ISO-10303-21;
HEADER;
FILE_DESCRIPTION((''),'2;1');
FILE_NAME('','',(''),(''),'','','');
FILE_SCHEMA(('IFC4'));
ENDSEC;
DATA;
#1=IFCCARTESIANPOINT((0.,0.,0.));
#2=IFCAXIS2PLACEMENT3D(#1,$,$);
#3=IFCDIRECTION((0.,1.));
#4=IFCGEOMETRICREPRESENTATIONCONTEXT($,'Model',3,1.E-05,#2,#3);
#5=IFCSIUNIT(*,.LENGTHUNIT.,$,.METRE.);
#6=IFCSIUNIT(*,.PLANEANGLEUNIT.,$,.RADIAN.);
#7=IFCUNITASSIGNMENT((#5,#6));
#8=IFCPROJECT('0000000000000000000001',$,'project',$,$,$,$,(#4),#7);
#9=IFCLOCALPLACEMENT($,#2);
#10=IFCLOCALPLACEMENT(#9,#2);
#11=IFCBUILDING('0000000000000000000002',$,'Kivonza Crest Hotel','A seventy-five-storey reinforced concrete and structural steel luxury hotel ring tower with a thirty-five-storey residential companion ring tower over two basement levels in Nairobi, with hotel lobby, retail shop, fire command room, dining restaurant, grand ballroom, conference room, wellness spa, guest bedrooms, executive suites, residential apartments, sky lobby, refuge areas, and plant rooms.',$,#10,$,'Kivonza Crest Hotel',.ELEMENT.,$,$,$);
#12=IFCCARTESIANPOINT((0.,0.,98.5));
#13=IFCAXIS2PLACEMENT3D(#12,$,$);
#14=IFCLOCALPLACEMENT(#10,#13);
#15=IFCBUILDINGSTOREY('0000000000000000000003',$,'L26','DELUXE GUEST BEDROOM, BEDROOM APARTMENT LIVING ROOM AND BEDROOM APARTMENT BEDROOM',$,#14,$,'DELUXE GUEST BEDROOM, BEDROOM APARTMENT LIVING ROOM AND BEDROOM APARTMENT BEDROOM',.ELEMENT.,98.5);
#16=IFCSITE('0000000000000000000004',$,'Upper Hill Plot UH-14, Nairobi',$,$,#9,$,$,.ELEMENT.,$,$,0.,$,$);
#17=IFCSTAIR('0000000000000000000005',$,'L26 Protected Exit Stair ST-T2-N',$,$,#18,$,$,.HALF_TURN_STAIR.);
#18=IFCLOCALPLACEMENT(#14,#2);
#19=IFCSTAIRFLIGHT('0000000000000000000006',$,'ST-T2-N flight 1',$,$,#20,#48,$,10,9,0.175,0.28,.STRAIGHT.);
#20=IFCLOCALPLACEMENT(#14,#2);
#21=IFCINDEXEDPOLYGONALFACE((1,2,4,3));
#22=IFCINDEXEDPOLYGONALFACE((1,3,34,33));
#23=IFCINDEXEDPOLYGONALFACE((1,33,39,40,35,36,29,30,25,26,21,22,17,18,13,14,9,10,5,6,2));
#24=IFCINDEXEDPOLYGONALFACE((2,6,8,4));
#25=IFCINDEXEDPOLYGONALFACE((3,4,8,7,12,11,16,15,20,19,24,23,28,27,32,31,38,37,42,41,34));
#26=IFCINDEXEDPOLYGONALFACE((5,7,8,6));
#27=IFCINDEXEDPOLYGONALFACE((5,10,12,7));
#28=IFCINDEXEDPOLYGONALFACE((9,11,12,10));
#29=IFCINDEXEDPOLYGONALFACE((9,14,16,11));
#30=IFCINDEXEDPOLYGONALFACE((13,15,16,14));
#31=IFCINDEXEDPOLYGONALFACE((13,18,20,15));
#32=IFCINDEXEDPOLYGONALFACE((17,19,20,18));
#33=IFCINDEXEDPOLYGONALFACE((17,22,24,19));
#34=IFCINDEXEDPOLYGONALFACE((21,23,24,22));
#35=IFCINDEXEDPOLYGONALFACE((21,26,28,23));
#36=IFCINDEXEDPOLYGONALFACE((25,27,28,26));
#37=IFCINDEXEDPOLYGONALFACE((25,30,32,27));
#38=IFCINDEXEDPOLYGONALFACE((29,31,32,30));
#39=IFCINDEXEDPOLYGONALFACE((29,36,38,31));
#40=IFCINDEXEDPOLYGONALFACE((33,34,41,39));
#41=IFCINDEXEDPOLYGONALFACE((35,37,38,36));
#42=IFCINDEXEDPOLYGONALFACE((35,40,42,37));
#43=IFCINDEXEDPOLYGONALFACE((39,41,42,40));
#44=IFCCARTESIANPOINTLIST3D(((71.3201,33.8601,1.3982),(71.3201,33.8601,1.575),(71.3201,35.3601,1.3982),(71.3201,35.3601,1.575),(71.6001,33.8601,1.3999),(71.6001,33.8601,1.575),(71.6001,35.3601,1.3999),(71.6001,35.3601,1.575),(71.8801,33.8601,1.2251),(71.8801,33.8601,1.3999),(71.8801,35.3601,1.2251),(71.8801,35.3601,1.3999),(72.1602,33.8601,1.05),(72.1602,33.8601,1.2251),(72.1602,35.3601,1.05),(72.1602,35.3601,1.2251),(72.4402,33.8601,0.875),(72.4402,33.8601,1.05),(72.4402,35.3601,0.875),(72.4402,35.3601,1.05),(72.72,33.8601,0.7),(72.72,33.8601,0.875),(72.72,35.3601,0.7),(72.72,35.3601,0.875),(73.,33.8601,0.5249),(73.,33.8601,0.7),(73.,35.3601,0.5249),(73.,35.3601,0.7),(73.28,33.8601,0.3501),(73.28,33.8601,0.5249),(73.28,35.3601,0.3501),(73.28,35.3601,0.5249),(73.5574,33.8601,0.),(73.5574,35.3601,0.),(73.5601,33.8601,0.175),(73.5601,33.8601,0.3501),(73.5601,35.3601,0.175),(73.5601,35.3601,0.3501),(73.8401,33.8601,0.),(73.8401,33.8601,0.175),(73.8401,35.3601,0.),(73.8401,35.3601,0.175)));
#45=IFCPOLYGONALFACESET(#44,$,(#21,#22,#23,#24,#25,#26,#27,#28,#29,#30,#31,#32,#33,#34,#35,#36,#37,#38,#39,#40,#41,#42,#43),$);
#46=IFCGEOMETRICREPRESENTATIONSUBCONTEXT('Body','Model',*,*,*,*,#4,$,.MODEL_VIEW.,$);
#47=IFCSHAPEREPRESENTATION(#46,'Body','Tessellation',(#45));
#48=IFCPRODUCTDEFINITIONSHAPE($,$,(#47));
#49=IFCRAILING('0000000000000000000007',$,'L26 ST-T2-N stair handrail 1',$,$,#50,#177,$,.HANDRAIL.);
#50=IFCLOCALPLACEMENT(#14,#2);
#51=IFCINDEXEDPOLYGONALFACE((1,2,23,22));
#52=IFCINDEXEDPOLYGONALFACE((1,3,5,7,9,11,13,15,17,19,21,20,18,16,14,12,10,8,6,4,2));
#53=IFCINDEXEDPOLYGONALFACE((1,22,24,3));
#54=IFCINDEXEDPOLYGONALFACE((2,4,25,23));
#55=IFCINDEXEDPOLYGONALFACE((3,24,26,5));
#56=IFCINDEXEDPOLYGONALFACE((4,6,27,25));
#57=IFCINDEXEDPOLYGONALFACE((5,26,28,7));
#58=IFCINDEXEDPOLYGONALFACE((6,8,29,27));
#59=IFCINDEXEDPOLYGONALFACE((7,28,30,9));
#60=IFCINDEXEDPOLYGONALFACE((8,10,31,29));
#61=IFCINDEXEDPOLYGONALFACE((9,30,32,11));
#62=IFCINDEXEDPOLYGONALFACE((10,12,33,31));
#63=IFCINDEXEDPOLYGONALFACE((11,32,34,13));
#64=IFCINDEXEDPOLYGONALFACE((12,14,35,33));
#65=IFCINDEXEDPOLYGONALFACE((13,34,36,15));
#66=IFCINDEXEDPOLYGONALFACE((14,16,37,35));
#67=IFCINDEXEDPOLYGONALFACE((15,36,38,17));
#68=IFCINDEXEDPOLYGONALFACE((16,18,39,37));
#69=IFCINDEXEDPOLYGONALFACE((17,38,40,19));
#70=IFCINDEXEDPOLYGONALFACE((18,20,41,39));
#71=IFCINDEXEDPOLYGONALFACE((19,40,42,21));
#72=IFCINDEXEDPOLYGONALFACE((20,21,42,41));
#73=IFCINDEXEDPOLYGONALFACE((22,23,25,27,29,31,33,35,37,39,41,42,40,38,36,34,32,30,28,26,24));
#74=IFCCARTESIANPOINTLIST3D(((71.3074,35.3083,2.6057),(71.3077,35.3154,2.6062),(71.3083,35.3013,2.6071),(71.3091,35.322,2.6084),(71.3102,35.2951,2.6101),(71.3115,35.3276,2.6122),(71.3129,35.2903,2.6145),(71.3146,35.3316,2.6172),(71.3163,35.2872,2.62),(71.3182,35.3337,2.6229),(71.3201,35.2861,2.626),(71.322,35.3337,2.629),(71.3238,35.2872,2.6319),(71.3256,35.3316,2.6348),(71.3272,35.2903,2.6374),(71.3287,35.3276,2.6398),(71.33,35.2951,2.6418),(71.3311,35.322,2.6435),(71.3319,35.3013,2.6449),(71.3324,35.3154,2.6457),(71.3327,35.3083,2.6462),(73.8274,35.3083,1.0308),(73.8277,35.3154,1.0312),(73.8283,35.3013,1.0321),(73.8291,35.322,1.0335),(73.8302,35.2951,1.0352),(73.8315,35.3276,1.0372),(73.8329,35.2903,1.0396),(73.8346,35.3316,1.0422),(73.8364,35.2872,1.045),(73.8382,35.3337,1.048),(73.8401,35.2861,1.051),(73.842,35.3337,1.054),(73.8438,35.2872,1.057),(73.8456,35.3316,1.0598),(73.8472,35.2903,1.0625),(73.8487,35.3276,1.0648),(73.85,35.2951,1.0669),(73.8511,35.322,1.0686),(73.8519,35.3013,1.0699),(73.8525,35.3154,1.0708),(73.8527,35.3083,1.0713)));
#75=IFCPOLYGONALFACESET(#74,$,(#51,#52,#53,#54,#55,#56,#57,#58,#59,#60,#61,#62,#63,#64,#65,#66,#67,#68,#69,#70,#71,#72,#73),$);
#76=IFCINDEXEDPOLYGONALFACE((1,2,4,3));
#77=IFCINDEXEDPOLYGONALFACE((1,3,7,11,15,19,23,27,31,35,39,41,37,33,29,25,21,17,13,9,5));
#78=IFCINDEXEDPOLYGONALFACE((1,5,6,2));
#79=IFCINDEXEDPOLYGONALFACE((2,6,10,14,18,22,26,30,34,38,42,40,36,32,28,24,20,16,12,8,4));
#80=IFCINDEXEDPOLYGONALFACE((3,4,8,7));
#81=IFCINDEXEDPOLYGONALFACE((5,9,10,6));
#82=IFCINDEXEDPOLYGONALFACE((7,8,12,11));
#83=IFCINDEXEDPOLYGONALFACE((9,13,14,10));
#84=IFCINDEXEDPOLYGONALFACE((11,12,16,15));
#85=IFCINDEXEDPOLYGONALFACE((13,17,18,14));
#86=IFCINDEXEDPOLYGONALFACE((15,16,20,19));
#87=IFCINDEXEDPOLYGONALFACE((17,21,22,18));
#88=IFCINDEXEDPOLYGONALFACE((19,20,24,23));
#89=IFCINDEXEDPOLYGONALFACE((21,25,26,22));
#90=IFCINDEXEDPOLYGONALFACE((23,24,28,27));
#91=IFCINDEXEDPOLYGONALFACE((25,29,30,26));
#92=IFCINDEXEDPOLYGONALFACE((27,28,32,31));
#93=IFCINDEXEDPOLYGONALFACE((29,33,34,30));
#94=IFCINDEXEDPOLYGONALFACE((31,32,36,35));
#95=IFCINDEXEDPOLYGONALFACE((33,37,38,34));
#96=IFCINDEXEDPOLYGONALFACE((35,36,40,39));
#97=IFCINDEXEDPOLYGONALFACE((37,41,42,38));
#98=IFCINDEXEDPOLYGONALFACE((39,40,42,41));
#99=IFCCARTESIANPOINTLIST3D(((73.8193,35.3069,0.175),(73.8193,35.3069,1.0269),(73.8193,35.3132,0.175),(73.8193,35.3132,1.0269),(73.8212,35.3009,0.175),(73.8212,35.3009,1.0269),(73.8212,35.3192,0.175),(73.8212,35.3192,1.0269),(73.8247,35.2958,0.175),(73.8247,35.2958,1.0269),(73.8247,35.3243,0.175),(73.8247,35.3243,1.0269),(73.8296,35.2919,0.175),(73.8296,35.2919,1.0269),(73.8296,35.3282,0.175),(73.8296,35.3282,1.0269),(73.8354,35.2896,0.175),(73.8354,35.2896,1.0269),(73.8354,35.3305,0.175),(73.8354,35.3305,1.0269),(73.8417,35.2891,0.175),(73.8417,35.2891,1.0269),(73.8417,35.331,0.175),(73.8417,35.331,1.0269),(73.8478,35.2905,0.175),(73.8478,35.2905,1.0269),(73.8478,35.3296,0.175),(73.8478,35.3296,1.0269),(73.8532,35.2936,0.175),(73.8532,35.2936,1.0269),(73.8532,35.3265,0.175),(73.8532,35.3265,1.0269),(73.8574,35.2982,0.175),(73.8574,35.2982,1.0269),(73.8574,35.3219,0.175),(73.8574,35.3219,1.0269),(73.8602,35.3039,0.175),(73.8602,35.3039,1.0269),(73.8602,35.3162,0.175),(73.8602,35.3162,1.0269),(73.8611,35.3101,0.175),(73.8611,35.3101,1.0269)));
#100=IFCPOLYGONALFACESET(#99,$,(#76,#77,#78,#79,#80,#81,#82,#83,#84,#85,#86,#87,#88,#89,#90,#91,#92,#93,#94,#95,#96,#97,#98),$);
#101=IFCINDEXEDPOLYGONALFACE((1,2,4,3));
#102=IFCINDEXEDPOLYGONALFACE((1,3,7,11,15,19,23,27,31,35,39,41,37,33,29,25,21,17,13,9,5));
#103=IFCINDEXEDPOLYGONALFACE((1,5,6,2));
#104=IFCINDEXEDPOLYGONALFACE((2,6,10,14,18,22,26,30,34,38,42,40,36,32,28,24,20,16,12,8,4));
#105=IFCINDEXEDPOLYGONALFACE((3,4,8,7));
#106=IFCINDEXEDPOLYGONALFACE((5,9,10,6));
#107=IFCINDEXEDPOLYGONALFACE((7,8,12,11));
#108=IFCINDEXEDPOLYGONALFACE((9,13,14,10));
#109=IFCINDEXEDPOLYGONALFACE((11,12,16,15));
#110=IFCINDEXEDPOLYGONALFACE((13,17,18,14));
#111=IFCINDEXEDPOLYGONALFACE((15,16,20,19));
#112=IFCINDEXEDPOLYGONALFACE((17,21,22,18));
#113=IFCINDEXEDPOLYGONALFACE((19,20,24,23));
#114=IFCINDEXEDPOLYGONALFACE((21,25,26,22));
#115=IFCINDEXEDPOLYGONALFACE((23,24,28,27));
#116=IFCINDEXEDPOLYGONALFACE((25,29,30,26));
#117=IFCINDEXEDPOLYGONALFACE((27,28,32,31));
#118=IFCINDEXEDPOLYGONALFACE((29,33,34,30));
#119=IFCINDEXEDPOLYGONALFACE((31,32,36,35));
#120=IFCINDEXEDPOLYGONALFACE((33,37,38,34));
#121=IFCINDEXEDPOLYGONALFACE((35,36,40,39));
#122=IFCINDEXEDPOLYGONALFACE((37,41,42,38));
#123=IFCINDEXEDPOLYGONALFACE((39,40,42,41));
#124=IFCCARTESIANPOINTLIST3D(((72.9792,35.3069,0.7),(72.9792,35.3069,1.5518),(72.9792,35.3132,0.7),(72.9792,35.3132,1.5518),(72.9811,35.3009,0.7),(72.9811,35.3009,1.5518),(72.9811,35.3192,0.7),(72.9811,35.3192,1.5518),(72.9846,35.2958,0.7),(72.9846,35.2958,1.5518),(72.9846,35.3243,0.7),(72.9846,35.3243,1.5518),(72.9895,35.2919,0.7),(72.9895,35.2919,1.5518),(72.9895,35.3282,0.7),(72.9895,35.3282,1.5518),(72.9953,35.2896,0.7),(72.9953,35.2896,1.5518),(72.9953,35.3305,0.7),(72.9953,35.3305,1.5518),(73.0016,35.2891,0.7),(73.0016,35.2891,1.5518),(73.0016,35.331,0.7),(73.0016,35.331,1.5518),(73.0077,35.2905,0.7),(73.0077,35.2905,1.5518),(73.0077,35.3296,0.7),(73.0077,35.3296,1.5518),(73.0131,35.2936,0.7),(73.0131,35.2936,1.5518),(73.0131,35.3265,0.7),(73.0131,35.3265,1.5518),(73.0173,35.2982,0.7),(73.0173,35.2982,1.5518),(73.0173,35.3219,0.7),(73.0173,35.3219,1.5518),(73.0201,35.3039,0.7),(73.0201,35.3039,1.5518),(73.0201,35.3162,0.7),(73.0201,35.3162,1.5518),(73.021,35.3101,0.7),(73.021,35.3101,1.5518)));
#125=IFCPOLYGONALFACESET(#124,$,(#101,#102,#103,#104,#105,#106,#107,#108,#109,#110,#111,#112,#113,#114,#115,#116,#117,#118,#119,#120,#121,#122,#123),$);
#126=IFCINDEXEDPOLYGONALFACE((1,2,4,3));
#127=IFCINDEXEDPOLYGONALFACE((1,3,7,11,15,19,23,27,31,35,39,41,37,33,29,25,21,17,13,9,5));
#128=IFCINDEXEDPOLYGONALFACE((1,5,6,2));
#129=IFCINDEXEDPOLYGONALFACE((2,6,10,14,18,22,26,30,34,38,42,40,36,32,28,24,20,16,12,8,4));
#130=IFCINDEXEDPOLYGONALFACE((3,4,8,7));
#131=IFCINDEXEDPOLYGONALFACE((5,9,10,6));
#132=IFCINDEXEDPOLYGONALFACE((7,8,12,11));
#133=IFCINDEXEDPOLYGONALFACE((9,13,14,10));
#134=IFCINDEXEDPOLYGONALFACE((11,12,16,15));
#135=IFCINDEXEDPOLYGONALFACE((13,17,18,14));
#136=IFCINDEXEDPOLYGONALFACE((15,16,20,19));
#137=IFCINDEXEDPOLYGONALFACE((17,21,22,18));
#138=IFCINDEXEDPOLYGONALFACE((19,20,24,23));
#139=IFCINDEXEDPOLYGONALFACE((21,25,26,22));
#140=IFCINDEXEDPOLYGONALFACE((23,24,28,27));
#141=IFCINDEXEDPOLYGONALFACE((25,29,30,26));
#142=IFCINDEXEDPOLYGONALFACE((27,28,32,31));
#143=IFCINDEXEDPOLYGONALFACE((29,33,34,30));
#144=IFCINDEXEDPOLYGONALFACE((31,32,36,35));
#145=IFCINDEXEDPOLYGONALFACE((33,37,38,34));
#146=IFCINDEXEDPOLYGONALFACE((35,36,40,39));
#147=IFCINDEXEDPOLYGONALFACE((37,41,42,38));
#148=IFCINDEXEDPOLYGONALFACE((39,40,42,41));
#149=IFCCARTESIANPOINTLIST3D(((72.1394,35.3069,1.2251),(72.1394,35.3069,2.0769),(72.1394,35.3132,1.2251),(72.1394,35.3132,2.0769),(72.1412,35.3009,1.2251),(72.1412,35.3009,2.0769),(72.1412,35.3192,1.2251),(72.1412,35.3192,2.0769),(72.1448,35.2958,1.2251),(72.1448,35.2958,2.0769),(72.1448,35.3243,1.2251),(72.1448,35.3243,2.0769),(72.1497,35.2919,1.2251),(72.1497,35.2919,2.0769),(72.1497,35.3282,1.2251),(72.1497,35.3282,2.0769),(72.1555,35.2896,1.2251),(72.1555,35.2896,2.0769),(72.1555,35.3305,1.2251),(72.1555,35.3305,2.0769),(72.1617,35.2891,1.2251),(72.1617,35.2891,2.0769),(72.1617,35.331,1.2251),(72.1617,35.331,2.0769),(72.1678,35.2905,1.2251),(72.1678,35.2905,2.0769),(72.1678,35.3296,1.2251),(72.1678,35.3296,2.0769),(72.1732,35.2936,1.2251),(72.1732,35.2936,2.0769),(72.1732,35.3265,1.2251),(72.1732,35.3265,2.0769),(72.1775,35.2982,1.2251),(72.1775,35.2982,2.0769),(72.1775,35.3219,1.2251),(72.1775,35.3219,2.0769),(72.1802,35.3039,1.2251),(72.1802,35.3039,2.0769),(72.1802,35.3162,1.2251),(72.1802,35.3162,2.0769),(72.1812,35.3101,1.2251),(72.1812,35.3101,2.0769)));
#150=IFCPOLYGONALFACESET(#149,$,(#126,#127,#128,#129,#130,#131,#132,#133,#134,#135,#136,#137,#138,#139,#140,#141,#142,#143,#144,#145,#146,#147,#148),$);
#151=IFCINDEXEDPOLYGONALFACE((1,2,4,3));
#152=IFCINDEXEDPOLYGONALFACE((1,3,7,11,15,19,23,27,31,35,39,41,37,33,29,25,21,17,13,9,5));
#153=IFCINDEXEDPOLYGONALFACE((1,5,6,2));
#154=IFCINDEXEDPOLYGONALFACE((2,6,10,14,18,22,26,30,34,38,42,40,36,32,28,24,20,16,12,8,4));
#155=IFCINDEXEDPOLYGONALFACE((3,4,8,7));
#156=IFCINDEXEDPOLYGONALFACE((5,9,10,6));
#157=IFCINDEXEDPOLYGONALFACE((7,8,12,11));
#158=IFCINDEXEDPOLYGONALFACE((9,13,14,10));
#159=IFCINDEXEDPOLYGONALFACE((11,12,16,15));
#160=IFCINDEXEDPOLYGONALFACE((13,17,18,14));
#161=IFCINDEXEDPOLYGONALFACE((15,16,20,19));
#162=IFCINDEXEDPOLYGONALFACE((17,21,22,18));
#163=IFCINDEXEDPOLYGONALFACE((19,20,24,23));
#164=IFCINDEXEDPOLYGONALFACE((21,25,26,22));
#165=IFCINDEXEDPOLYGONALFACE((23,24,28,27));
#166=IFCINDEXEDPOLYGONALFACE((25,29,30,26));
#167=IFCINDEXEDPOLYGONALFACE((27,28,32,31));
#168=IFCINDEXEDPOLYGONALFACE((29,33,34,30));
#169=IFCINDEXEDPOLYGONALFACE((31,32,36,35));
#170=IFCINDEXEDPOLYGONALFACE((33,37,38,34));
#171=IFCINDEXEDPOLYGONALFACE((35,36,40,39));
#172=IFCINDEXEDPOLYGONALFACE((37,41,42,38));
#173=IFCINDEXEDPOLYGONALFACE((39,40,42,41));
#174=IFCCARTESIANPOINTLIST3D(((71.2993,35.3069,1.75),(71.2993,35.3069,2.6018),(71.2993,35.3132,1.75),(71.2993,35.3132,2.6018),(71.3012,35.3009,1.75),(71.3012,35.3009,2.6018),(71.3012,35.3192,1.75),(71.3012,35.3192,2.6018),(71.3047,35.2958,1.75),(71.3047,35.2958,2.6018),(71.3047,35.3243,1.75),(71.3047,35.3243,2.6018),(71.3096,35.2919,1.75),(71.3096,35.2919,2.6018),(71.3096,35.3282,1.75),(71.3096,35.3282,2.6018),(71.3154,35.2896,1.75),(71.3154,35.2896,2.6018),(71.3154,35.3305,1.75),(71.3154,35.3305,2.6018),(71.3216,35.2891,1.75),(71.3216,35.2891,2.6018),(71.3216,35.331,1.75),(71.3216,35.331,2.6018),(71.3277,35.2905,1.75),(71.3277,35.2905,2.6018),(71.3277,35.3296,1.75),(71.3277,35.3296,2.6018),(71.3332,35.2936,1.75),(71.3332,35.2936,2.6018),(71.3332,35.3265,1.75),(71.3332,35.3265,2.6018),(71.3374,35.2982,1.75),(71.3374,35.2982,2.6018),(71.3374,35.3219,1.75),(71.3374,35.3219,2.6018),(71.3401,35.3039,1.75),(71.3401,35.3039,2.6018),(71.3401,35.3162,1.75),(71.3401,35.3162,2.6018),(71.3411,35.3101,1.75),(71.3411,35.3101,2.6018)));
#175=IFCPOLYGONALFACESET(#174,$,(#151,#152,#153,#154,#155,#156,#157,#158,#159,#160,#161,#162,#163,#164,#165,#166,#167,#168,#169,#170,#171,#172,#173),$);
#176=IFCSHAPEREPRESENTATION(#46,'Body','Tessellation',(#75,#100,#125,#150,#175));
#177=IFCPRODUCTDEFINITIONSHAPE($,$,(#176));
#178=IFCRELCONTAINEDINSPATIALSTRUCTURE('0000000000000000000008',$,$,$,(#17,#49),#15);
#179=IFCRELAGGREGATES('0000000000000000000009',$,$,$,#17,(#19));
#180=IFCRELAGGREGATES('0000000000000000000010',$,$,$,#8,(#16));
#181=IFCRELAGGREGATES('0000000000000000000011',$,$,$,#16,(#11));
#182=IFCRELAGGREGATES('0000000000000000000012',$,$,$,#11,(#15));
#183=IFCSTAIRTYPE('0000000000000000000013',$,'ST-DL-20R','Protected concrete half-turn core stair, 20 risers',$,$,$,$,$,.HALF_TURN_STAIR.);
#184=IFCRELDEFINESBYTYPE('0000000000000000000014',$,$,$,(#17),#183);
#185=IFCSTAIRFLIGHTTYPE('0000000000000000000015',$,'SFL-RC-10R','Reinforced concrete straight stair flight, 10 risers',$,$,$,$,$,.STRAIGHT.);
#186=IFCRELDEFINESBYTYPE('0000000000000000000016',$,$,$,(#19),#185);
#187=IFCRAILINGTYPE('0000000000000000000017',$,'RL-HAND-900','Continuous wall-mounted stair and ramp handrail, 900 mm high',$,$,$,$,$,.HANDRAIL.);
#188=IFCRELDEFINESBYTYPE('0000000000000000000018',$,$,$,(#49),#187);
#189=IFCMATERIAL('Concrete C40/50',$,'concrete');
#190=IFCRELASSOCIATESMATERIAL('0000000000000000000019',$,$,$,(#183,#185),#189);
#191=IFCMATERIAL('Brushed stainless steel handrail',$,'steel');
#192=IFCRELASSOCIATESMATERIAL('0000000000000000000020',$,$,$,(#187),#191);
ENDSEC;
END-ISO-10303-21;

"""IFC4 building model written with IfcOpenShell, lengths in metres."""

from ifc_helpers import new_model, si_unit, direction, frame, origin, origin_2d, place, context, subcontext, project, spatial, polyline, circle, outline, extrude, material, type_object, element, aggregate, save


model = new_model("IFC4")

# Units and contexts
model_context = context("Model", 3, precision=1e-05, world=origin(), true_north=direction((0.0, 1.0)))
body_context = subcontext(model_context, "Body", "Model", "MODEL_VIEW")
ifc_project = project(units=[si_unit("LENGTHUNIT", "METRE"), si_unit("PLANEANGLEUNIT", "RADIAN")], contexts=[model_context])

# Site, building, storey
site_placement = place(None, origin())
site = spatial("IfcSite", under=ifc_project, at=site_placement, Name="Upper Hill Plot UH-14, Nairobi", CompositionType="ELEMENT", RefElevation=0.0)
building_placement = place(site_placement, origin())
building = spatial("IfcBuilding", under=site, at=building_placement, Name="Kivonza Crest Hotel", Description="A seventy-five-storey reinforced concrete and structural steel luxury hotel ring tower with a thirty-five-storey residential companion ring tower over two basement levels in Nairobi, with hotel lobby, retail shop, fire command room, dining restaurant, grand ballroom, conference room, wellness spa, guest bedrooms, executive suites, residential apartments, sky lobby, refuge areas, and plant rooms.", LongName="Kivonza Crest Hotel", CompositionType="ELEMENT")
storey_placement = place(building_placement, frame((0.0, 0.0, 98.5)))
storey = spatial("IfcBuildingStorey", under=building, at=storey_placement, Name="L26", Description="DELUXE GUEST BEDROOM, BEDROOM APARTMENT LIVING ROOM AND BEDROOM APARTMENT BEDROOM", LongName="DELUXE GUEST BEDROOM, BEDROOM APARTMENT LIVING ROOM AND BEDROOM APARTMENT BEDROOM", CompositionType="ELEMENT", Elevation=98.5)

# Stair, stair flight
ifc_material_1 = material(Name="Concrete C40/50", Category="concrete")
stair_type = type_object("IfcStairType", Name="ST-DL-20R", Description="Protected concrete half-turn core stair, 20 risers", PredefinedType="HALF_TURN_STAIR", material=ifc_material_1)
stair_placement = place(storey_placement, origin())
stair = element("IfcStair", 1, at=stair_placement, inside=storey, type_object=stair_type, Name="L26 Protected Exit Stair ST-T2-N", PredefinedType="HALF_TURN_STAIR")
stair_flight_type = type_object("IfcStairFlightType", Name="SFL-RC-10R", Description="Reinforced concrete straight stair flight, 10 risers", PredefinedType="STRAIGHT", material=ifc_material_1)
stair_flight_placement = place(storey_placement, frame((73.8401, 34.6101, 0.0), z_axis=(0.0, 0.0, 1.0), x_axis=(-1.0, 0.0, 0.0)))
stair_flight = element("IfcStairFlight", 2, at=stair_flight_placement, type_object=stair_flight_type, Name="ST-T2-N flight 1", NumberOfRisers=10, NumberOfTreads=9, PredefinedType="STRAIGHT", RiserHeight=0.175, TreadLength=0.28, context=body_context, shape_type="SweptSolid", body=[
    extrude(outline(polyline([(0.0, 0.0), (0.0, 0.175), (0.28, 0.175), (0.28, 0.3501), (0.5601, 0.3501), (0.5601, 0.5249), (0.8401, 0.5249), (0.8401, 0.7), (1.1201, 0.7), (1.1201, 0.875), (1.3999, 0.875), (1.3999, 1.05), (1.6799, 1.05), (1.6799, 1.2251), (1.96, 1.2251), (1.96, 1.3999), (2.24, 1.3999), (2.24, 1.575), (2.52, 1.575), (2.52, 1.75), (2.52, 1.3982), (0.2827, 0.0), (0.0, 0.0)])), frame((0.0, 0.75, 0.0), z_axis=(0.0, -1.0, 0.0), x_axis=(1.0, 0.0, 0.0)), (0.0, 0.0, 1.0), 1.5),
])
aggregate(stair, [stair_flight])

# Railing
ifc_material_2 = material(Name="Brushed stainless steel handrail", Category="steel")
railing_type_1 = type_object("IfcRailingType", Name="RL-HAND-900", Description="Continuous wall-mounted stair and ramp handrail, 900 mm high", PredefinedType="HANDRAIL", material=ifc_material_2)
railing_1_placement = place(storey_placement, frame((73.8401, 35.3101, 0.175)))
element("IfcRailing", 3, at=railing_1_placement, inside=storey, type_object=railing_type_1, Name="L26 ST-T2-N stair handrail 1", PredefinedType="HANDRAIL", context=body_context, shape_type="SweptSolid", body=[
    extrude(circle(Radius=0.0239, at=origin_2d()), frame((0.0, 0.0, 0.876), z_axis=(-0.848008, 0.0, 0.529984), x_axis=(0.0, -1.0, 0.0)), (0.0, 0.0, 1.0), 2.9717),
    extrude(circle(Radius=0.021, at=origin_2d()), origin(), (0.0, 0.0, 1.0), 0.8518),
    extrude(circle(Radius=0.021, at=origin_2d()), frame((-0.8401, 0.0, 0.5249)), (0.0, 0.0, 1.0), 0.8518),
    extrude(circle(Radius=0.021, at=origin_2d()), frame((-1.6799, 0.0, 1.05)), (0.0, 0.0, 1.0), 0.8518),
    extrude(circle(Radius=0.021, at=origin_2d()), frame((-2.52, 0.0, 1.575)), (0.0, 0.0, 1.0), 0.8518),
])

save(model, "model.ifc")
